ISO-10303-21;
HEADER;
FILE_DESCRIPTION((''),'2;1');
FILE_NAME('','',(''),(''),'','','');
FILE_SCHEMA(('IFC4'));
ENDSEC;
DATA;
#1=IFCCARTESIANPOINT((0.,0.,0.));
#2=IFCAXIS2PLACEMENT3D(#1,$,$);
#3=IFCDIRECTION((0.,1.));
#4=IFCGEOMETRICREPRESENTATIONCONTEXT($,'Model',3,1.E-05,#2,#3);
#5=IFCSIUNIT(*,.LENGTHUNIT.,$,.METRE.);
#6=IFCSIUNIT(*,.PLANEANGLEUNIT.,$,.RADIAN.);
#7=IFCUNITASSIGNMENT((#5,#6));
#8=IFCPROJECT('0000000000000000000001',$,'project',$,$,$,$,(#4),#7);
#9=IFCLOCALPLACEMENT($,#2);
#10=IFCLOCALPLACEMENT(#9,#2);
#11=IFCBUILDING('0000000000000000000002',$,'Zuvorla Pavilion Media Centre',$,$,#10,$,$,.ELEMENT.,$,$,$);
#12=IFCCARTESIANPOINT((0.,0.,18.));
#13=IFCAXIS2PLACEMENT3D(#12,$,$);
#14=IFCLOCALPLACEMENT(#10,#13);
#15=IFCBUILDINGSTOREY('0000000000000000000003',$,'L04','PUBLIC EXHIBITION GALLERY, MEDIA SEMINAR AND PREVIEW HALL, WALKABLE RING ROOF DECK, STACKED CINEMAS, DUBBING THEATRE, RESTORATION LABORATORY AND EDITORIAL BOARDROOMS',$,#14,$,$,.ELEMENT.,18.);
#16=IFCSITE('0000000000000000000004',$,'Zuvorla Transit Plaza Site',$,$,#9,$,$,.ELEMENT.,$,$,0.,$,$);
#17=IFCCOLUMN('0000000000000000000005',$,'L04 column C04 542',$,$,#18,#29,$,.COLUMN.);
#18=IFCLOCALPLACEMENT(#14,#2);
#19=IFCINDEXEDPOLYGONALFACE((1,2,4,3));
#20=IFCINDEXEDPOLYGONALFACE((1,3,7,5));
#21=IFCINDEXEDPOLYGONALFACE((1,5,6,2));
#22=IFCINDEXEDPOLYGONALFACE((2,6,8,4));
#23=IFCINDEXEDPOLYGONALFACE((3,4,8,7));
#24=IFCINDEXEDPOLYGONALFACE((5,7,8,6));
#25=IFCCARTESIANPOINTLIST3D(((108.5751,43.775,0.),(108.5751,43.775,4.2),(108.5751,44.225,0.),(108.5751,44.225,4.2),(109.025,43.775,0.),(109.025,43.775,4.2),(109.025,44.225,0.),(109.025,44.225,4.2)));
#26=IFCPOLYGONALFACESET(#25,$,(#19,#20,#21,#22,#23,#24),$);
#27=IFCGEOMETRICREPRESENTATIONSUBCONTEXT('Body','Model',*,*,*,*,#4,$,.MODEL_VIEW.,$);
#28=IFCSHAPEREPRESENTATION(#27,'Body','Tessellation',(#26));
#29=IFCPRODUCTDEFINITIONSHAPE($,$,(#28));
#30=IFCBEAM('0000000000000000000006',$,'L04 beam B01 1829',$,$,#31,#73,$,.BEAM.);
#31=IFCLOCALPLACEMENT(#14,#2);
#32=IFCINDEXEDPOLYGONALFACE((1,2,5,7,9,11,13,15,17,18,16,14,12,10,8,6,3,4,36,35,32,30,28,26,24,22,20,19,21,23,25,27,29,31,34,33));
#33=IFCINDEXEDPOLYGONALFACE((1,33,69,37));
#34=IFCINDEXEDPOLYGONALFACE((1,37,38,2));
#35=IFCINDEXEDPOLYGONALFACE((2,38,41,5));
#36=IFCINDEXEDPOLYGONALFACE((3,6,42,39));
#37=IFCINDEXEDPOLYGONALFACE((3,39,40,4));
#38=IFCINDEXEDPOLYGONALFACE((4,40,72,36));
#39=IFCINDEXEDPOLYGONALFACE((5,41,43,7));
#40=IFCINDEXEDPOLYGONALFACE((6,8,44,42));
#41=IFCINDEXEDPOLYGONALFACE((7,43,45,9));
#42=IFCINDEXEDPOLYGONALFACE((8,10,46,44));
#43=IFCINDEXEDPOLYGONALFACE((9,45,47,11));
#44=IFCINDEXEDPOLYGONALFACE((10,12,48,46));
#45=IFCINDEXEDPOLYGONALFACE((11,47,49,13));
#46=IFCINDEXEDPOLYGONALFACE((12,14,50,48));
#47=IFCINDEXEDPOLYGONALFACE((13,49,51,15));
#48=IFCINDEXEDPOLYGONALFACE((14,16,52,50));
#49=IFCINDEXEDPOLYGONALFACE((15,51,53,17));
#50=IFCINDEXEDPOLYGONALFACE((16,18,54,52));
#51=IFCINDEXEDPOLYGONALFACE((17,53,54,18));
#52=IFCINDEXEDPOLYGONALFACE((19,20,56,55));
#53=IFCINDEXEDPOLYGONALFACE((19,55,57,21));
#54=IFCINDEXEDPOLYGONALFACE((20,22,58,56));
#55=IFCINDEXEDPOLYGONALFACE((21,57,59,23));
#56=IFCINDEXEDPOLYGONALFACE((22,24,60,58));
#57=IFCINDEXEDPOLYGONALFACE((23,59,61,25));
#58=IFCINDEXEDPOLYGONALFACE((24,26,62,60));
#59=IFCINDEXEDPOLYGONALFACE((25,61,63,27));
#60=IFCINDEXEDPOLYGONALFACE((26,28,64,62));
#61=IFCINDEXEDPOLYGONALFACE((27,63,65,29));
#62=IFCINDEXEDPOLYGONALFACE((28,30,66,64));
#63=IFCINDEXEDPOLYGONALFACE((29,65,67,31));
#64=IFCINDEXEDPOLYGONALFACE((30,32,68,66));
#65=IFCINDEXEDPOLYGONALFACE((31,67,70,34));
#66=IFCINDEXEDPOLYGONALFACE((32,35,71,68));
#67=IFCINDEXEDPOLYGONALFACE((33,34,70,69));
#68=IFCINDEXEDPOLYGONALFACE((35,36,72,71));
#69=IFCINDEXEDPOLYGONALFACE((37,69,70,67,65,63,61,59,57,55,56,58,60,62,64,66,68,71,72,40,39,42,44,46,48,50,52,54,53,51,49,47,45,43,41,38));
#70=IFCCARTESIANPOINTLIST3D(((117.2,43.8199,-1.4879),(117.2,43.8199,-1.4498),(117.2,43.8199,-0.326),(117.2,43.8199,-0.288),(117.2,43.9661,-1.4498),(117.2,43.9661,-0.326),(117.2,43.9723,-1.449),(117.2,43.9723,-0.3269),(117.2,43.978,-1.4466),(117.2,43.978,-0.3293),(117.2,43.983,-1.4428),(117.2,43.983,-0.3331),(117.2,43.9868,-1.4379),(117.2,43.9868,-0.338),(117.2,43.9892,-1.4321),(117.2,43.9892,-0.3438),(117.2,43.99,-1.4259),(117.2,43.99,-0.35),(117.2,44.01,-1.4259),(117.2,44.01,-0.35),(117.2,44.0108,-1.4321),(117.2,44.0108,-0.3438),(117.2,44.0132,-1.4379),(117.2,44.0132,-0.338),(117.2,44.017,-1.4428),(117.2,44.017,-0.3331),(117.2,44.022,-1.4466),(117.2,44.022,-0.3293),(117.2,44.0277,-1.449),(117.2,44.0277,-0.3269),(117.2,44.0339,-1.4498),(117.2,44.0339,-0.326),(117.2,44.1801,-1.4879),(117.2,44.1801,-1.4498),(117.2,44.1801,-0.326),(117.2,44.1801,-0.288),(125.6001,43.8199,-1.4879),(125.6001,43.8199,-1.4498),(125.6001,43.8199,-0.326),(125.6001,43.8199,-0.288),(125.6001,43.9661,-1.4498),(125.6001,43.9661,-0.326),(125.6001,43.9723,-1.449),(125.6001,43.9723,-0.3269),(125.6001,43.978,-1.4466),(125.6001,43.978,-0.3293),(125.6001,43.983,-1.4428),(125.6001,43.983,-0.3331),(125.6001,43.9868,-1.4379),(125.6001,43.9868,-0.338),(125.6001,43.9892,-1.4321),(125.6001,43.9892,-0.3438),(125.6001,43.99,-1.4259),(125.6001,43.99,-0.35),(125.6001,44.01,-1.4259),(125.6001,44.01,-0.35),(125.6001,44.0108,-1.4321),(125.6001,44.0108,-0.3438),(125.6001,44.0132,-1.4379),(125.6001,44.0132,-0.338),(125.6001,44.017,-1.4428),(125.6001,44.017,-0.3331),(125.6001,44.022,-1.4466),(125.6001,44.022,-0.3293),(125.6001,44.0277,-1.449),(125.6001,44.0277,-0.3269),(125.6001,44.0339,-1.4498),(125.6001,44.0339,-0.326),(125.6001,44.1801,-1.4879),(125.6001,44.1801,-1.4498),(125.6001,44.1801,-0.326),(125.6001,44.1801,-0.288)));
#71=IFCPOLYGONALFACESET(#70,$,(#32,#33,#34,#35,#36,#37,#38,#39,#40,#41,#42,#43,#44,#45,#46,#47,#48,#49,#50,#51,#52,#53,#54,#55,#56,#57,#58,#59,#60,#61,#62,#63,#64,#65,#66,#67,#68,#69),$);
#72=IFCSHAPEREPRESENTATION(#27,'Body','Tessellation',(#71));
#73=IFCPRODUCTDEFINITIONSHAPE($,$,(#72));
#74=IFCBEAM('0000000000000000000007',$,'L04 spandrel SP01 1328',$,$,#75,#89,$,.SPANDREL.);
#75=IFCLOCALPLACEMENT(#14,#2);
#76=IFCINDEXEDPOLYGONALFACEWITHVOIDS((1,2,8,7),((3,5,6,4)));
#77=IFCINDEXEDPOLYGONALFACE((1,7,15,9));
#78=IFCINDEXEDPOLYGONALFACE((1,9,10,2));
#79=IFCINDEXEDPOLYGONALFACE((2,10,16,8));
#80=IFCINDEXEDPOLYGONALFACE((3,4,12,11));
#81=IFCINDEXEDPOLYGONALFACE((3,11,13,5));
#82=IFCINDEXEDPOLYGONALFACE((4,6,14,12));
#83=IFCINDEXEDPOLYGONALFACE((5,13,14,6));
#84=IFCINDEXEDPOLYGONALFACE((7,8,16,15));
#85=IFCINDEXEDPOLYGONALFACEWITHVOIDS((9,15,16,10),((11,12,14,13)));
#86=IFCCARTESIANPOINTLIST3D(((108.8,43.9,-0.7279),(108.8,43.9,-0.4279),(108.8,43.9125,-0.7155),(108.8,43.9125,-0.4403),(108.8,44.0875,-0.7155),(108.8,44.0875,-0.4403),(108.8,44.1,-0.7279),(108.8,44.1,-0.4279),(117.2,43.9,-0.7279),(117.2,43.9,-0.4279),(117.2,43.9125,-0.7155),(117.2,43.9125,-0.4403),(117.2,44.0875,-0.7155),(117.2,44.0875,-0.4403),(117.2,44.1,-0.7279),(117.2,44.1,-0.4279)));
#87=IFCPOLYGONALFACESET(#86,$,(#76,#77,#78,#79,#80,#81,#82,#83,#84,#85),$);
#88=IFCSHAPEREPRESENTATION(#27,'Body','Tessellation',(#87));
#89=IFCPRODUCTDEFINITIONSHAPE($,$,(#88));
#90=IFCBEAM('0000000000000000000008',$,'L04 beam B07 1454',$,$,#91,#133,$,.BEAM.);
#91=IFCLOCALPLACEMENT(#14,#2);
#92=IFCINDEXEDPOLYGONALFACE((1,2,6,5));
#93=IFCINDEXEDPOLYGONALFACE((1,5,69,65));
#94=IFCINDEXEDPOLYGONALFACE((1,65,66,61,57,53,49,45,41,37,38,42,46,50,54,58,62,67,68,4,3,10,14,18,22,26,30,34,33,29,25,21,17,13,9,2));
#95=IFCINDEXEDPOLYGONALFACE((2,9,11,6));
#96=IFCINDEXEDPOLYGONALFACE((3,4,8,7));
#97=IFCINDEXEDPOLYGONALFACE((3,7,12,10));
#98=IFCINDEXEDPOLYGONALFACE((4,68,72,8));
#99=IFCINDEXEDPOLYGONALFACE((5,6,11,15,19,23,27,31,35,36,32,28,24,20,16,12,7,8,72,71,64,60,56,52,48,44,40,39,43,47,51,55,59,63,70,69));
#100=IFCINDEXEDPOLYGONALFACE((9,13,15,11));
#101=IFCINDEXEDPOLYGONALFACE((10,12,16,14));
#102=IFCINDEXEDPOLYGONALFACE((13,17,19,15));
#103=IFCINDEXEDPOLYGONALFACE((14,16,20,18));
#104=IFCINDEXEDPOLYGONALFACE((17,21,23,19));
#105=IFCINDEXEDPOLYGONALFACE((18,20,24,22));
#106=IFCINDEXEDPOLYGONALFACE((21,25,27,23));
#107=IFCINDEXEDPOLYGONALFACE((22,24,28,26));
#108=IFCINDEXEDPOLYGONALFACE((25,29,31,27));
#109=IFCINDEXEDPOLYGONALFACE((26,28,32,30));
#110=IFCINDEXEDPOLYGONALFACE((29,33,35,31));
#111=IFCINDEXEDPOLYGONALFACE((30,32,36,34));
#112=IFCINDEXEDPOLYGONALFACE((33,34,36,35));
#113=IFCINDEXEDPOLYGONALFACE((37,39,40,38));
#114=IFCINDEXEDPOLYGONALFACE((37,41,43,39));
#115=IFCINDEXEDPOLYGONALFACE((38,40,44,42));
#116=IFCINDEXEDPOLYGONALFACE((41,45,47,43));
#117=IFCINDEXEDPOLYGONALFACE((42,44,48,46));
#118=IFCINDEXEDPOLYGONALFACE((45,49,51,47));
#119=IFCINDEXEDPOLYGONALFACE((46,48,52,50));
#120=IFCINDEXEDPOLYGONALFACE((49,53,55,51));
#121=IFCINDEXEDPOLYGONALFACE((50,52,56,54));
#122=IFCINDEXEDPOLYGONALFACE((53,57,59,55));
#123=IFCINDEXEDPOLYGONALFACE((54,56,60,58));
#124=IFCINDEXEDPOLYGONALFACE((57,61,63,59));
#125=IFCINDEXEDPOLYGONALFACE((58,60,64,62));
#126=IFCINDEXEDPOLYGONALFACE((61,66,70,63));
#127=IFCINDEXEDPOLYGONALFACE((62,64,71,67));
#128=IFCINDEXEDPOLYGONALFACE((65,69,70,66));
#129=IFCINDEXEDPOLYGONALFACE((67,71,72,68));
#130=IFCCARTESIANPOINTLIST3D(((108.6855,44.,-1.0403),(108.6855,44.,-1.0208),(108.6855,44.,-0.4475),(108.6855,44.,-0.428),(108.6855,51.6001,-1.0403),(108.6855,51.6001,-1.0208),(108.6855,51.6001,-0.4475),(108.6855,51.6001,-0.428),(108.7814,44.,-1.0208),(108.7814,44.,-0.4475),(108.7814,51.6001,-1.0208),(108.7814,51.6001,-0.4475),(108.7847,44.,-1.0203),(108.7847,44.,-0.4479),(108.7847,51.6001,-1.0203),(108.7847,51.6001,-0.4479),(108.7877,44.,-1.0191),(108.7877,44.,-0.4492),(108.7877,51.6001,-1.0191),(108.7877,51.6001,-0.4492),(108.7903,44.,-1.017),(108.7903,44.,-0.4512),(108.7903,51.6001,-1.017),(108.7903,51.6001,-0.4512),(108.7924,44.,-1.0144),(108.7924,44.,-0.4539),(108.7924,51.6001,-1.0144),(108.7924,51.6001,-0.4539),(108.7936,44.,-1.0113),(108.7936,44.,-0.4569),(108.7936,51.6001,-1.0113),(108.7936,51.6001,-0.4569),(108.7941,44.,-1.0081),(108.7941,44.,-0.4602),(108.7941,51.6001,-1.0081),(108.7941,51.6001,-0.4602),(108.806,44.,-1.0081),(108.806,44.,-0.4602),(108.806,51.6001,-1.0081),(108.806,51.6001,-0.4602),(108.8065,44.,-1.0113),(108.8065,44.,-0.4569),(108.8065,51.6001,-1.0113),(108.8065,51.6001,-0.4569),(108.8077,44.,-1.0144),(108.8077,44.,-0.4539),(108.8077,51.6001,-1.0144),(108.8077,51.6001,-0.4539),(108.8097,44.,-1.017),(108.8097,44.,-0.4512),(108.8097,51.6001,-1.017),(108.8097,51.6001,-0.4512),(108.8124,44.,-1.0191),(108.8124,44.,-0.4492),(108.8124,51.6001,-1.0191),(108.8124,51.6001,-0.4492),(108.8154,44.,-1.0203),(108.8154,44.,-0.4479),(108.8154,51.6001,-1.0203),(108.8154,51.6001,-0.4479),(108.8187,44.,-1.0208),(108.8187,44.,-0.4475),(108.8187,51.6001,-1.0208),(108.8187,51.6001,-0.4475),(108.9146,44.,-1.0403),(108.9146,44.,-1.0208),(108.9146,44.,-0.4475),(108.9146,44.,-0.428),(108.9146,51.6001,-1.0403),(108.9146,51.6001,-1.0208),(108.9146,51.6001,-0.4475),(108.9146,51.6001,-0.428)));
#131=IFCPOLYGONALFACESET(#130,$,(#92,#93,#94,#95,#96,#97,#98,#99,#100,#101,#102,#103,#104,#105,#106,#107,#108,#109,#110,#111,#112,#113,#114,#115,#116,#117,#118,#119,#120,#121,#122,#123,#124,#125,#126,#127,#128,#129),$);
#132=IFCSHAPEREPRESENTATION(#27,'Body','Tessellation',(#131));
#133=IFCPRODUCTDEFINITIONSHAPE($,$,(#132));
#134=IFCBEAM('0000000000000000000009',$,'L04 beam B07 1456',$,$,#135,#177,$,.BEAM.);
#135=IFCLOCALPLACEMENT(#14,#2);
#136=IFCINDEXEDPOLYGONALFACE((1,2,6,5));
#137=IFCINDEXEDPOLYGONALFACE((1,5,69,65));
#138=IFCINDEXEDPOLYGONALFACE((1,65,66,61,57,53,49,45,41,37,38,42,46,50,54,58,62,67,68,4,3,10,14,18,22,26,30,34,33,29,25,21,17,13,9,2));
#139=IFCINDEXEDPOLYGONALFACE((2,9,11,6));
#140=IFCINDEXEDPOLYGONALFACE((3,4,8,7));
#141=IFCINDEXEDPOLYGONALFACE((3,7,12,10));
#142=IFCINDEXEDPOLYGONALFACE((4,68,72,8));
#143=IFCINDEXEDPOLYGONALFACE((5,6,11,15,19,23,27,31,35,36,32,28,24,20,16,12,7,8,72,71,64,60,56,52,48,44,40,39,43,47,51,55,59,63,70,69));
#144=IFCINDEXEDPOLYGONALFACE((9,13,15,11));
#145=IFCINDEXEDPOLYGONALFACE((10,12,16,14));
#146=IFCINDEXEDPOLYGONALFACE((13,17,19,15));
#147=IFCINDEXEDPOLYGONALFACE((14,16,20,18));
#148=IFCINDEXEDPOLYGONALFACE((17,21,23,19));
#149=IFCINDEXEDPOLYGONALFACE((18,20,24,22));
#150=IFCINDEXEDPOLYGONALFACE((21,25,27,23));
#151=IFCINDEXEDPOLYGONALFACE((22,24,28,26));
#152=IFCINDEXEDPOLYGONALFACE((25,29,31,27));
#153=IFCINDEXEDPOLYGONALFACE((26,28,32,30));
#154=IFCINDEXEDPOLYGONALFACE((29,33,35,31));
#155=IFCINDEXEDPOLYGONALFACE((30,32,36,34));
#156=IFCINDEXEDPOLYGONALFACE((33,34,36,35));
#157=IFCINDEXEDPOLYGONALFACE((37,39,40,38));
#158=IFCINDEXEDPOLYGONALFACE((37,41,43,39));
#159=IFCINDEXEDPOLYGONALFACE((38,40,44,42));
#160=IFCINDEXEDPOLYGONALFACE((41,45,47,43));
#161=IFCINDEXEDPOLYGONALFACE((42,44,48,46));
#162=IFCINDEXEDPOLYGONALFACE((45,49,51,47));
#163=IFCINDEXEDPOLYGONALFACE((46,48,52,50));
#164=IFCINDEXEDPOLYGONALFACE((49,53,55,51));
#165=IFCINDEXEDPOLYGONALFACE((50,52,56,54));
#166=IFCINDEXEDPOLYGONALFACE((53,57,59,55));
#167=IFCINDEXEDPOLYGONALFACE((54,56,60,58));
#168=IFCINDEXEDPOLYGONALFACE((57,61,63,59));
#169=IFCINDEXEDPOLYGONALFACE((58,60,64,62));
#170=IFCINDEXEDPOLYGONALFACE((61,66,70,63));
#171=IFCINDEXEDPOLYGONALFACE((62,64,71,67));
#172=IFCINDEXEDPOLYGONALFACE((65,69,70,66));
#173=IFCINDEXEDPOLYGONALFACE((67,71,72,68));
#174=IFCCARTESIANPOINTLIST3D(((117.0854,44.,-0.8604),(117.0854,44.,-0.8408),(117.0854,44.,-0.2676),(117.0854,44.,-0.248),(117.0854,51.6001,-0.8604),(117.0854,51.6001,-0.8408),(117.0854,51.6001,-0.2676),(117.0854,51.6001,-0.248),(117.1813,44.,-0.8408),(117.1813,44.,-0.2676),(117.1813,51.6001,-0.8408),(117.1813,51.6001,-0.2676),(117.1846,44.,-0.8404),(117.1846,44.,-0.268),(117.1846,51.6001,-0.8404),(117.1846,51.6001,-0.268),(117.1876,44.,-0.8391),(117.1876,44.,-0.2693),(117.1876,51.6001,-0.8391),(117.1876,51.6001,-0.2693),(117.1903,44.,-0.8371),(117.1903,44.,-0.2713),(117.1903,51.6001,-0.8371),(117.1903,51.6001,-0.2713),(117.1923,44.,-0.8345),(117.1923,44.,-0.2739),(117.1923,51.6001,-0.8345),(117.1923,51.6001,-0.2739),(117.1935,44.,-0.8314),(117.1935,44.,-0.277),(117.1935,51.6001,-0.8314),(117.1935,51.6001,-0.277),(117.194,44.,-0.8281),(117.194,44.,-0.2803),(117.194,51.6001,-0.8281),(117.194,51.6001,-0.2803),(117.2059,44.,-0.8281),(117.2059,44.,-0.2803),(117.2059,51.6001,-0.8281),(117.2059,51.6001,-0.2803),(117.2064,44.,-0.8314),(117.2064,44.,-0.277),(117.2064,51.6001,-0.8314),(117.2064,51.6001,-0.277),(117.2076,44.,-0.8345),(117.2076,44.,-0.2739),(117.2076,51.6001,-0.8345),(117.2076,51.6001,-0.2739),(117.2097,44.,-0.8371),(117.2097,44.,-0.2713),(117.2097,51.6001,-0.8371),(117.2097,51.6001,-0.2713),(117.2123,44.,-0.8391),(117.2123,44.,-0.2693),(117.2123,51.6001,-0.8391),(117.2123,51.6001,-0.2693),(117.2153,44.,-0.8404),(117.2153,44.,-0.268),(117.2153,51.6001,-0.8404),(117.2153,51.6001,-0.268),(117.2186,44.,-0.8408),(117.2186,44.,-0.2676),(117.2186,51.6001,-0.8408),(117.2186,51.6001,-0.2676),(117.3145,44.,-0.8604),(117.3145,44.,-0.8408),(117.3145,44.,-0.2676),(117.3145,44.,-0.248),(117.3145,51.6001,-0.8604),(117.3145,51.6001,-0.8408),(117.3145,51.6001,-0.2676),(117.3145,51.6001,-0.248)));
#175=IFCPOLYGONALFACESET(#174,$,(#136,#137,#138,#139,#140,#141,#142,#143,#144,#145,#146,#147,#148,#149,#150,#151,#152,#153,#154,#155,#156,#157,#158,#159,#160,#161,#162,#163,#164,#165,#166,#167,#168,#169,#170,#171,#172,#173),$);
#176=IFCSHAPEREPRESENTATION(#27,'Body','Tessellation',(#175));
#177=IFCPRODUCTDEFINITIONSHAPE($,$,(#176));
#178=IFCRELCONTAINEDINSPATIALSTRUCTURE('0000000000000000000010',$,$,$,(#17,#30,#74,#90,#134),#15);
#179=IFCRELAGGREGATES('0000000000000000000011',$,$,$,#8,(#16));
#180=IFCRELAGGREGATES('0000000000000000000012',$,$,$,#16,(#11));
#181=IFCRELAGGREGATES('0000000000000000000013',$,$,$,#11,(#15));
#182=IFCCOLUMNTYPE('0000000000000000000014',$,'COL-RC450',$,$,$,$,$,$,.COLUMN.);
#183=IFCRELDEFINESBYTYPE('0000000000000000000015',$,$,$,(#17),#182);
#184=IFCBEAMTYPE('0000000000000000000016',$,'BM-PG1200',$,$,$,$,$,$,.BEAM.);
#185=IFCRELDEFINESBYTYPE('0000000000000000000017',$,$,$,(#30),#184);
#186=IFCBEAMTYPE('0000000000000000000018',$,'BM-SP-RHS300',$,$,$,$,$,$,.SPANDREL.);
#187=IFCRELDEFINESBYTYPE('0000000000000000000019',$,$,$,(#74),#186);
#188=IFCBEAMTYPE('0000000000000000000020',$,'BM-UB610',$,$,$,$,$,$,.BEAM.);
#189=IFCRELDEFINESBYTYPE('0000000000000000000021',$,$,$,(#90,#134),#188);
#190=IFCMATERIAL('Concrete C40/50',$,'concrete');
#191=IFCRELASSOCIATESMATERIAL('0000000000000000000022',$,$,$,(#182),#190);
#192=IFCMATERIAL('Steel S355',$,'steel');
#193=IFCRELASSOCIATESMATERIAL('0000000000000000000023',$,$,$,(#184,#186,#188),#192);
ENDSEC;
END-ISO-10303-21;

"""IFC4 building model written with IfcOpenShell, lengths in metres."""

from ifc_helpers import new_model, si_unit, direction, frame, origin, origin_2d, place, context, subcontext, project, spatial, rectangle, hollow_rectangle, i_section, extrude, material, material_profile, profile_set, type_object, element, save


model = new_model("IFC4")

# Units and contexts
model_context = context("Model", 3, precision=1e-05, world=origin(), true_north=direction((0.0, 1.0)))
body_context = subcontext(model_context, "Body", "Model", "MODEL_VIEW")
ifc_project = project(units=[si_unit("LENGTHUNIT", "METRE"), si_unit("PLANEANGLEUNIT", "RADIAN")], contexts=[model_context])

# Site, building, storey
site_placement = place(None, origin())
site = spatial("IfcSite", under=ifc_project, at=site_placement, Name="Zuvorla Transit Plaza Site", CompositionType="ELEMENT", RefElevation=0.0)
building_placement = place(site_placement, origin())
building = spatial("IfcBuilding", under=site, at=building_placement, Name="Zuvorla Pavilion Media Centre", CompositionType="ELEMENT")
storey_placement = place(building_placement, frame((0.0, 0.0, 18.0)))
storey = spatial("IfcBuildingStorey", under=building, at=storey_placement, Name="L04", Description="PUBLIC EXHIBITION GALLERY, MEDIA SEMINAR AND PREVIEW HALL, WALKABLE RING ROOF DECK, STACKED CINEMAS, DUBBING THEATRE, RESTORATION LABORATORY AND EDITORIAL BOARDROOMS", CompositionType="ELEMENT", Elevation=18.0)

# Column
ifc_material_1 = material(Name="Concrete C40/50", Category="concrete")
ifc_material_profile_1 = material_profile(ifc_material_1, rectangle(XDim=0.45, YDim=0.45, at=origin_2d()), Name="RC 450x450")
ifc_profile_set_1 = profile_set([ifc_material_profile_1], Name="Concrete C40/50")
column_type = type_object("IfcColumnType", Name="COL-RC450", PredefinedType="COLUMN", material=ifc_profile_set_1)
column_placement = place(storey_placement, frame((108.8, 44.0, 0.0), z_axis=(0.0, 0.0, 1.0), x_axis=(1.0, 0.0, 0.0)))
element("IfcColumn", 1, at=column_placement, inside=storey, type_object=column_type, Name="L04 column C04 542", PredefinedType="COLUMN", context=body_context, shape_type="SweptSolid", body=[
    extrude(rectangle(XDim=0.45, YDim=0.45, at=origin_2d()), origin(), (0.0, 0.0, 1.0), 4.2),
])

# Beams
ifc_material_2 = material(Name="Steel S355", Category="steel")
ifc_material_profile_2 = material_profile(ifc_material_2, i_section(OverallWidth=0.3601, OverallDepth=1.2, WebThickness=0.02, FlangeThickness=0.0381, FilletRadius=0.0239, at=origin_2d()), Name="PG 1200x360x38")
ifc_profile_set_2 = profile_set([ifc_material_profile_2], Name="Steel S355")
beam_type_1 = type_object("IfcBeamType", Name="BM-PG1200", PredefinedType="BEAM", material=ifc_profile_set_2)
beam_1_placement = place(storey_placement, frame((117.2, 44.0, -0.8879), z_axis=(1.0, 0.0, 0.0), x_axis=(0.0, 1.0, 0.0)))
element("IfcBeam", 2, at=beam_1_placement, inside=storey, type_object=beam_type_1, Name="L04 beam B01 1829", PredefinedType="BEAM", context=body_context, shape_type="SweptSolid", body=[
    extrude(i_section(OverallWidth=0.3601, OverallDepth=1.2, WebThickness=0.02, FlangeThickness=0.0381, FilletRadius=0.0239, at=origin_2d()), origin(), (0.0, 0.0, 1.0), 8.4001),
])
ifc_material_profile_3 = material_profile(ifc_material_2, hollow_rectangle(XDim=0.2, YDim=0.3, WallThickness=0.0125, at=origin_2d()), Name="RHS 300x200x12.5")
ifc_profile_set_3 = profile_set([ifc_material_profile_3], Name="Steel S355")
beam_type_2 = type_object("IfcBeamType", Name="BM-SP-RHS300", PredefinedType="SPANDREL", material=ifc_profile_set_3)
beam_2_placement = place(storey_placement, frame((108.8, 44.0, -0.5779), z_axis=(1.0, 0.0, 0.0), x_axis=(0.0, 1.0, 0.0)))
element("IfcBeam", 3, at=beam_2_placement, inside=storey, type_object=beam_type_2, Name="L04 spandrel SP01 1328", PredefinedType="SPANDREL", context=body_context, shape_type="SweptSolid", body=[
    extrude(hollow_rectangle(XDim=0.2, YDim=0.3, WallThickness=0.0125, at=origin_2d()), origin(), (0.0, 0.0, 1.0), 8.3999),
])
ifc_material_profile_4 = material_profile(ifc_material_2, i_section(OverallWidth=0.229, OverallDepth=0.6123, WebThickness=0.012, FlangeThickness=0.0195, FilletRadius=0.0127, at=origin_2d()), Name="UB 610x229x125")
ifc_profile_set_4 = profile_set([ifc_material_profile_4], Name="Steel S355")
beam_type_3 = type_object("IfcBeamType", Name="BM-UB610", PredefinedType="BEAM", material=ifc_profile_set_4)
for number, where, z_axis, x_axis, name in (
    (4, (108.8, 44.0, -0.7341), (0.0, 1.0, 0.0), (-1.0, 0.0, 0.0), "L04 beam B07 1454"),
    (5, (117.2, 44.0, -0.5542), (0.0, 1.0, 0.0), (-1.0, 0.0, 0.0), "L04 beam B07 1456"),
):
    element("IfcBeam", number, at=place(storey_placement, frame(where, z_axis=z_axis, x_axis=x_axis)), inside=storey, type_object=beam_type_3, Name=name, PredefinedType="BEAM", context=body_context, shape_type="SweptSolid", body=[
        extrude(i_section(OverallWidth=0.229, OverallDepth=0.6123, WebThickness=0.012, FlangeThickness=0.0195, FilletRadius=0.0127, at=origin_2d()), origin(), (0.0, 0.0, 1.0), 7.6001),
    ])

save(model, "model.ifc")
